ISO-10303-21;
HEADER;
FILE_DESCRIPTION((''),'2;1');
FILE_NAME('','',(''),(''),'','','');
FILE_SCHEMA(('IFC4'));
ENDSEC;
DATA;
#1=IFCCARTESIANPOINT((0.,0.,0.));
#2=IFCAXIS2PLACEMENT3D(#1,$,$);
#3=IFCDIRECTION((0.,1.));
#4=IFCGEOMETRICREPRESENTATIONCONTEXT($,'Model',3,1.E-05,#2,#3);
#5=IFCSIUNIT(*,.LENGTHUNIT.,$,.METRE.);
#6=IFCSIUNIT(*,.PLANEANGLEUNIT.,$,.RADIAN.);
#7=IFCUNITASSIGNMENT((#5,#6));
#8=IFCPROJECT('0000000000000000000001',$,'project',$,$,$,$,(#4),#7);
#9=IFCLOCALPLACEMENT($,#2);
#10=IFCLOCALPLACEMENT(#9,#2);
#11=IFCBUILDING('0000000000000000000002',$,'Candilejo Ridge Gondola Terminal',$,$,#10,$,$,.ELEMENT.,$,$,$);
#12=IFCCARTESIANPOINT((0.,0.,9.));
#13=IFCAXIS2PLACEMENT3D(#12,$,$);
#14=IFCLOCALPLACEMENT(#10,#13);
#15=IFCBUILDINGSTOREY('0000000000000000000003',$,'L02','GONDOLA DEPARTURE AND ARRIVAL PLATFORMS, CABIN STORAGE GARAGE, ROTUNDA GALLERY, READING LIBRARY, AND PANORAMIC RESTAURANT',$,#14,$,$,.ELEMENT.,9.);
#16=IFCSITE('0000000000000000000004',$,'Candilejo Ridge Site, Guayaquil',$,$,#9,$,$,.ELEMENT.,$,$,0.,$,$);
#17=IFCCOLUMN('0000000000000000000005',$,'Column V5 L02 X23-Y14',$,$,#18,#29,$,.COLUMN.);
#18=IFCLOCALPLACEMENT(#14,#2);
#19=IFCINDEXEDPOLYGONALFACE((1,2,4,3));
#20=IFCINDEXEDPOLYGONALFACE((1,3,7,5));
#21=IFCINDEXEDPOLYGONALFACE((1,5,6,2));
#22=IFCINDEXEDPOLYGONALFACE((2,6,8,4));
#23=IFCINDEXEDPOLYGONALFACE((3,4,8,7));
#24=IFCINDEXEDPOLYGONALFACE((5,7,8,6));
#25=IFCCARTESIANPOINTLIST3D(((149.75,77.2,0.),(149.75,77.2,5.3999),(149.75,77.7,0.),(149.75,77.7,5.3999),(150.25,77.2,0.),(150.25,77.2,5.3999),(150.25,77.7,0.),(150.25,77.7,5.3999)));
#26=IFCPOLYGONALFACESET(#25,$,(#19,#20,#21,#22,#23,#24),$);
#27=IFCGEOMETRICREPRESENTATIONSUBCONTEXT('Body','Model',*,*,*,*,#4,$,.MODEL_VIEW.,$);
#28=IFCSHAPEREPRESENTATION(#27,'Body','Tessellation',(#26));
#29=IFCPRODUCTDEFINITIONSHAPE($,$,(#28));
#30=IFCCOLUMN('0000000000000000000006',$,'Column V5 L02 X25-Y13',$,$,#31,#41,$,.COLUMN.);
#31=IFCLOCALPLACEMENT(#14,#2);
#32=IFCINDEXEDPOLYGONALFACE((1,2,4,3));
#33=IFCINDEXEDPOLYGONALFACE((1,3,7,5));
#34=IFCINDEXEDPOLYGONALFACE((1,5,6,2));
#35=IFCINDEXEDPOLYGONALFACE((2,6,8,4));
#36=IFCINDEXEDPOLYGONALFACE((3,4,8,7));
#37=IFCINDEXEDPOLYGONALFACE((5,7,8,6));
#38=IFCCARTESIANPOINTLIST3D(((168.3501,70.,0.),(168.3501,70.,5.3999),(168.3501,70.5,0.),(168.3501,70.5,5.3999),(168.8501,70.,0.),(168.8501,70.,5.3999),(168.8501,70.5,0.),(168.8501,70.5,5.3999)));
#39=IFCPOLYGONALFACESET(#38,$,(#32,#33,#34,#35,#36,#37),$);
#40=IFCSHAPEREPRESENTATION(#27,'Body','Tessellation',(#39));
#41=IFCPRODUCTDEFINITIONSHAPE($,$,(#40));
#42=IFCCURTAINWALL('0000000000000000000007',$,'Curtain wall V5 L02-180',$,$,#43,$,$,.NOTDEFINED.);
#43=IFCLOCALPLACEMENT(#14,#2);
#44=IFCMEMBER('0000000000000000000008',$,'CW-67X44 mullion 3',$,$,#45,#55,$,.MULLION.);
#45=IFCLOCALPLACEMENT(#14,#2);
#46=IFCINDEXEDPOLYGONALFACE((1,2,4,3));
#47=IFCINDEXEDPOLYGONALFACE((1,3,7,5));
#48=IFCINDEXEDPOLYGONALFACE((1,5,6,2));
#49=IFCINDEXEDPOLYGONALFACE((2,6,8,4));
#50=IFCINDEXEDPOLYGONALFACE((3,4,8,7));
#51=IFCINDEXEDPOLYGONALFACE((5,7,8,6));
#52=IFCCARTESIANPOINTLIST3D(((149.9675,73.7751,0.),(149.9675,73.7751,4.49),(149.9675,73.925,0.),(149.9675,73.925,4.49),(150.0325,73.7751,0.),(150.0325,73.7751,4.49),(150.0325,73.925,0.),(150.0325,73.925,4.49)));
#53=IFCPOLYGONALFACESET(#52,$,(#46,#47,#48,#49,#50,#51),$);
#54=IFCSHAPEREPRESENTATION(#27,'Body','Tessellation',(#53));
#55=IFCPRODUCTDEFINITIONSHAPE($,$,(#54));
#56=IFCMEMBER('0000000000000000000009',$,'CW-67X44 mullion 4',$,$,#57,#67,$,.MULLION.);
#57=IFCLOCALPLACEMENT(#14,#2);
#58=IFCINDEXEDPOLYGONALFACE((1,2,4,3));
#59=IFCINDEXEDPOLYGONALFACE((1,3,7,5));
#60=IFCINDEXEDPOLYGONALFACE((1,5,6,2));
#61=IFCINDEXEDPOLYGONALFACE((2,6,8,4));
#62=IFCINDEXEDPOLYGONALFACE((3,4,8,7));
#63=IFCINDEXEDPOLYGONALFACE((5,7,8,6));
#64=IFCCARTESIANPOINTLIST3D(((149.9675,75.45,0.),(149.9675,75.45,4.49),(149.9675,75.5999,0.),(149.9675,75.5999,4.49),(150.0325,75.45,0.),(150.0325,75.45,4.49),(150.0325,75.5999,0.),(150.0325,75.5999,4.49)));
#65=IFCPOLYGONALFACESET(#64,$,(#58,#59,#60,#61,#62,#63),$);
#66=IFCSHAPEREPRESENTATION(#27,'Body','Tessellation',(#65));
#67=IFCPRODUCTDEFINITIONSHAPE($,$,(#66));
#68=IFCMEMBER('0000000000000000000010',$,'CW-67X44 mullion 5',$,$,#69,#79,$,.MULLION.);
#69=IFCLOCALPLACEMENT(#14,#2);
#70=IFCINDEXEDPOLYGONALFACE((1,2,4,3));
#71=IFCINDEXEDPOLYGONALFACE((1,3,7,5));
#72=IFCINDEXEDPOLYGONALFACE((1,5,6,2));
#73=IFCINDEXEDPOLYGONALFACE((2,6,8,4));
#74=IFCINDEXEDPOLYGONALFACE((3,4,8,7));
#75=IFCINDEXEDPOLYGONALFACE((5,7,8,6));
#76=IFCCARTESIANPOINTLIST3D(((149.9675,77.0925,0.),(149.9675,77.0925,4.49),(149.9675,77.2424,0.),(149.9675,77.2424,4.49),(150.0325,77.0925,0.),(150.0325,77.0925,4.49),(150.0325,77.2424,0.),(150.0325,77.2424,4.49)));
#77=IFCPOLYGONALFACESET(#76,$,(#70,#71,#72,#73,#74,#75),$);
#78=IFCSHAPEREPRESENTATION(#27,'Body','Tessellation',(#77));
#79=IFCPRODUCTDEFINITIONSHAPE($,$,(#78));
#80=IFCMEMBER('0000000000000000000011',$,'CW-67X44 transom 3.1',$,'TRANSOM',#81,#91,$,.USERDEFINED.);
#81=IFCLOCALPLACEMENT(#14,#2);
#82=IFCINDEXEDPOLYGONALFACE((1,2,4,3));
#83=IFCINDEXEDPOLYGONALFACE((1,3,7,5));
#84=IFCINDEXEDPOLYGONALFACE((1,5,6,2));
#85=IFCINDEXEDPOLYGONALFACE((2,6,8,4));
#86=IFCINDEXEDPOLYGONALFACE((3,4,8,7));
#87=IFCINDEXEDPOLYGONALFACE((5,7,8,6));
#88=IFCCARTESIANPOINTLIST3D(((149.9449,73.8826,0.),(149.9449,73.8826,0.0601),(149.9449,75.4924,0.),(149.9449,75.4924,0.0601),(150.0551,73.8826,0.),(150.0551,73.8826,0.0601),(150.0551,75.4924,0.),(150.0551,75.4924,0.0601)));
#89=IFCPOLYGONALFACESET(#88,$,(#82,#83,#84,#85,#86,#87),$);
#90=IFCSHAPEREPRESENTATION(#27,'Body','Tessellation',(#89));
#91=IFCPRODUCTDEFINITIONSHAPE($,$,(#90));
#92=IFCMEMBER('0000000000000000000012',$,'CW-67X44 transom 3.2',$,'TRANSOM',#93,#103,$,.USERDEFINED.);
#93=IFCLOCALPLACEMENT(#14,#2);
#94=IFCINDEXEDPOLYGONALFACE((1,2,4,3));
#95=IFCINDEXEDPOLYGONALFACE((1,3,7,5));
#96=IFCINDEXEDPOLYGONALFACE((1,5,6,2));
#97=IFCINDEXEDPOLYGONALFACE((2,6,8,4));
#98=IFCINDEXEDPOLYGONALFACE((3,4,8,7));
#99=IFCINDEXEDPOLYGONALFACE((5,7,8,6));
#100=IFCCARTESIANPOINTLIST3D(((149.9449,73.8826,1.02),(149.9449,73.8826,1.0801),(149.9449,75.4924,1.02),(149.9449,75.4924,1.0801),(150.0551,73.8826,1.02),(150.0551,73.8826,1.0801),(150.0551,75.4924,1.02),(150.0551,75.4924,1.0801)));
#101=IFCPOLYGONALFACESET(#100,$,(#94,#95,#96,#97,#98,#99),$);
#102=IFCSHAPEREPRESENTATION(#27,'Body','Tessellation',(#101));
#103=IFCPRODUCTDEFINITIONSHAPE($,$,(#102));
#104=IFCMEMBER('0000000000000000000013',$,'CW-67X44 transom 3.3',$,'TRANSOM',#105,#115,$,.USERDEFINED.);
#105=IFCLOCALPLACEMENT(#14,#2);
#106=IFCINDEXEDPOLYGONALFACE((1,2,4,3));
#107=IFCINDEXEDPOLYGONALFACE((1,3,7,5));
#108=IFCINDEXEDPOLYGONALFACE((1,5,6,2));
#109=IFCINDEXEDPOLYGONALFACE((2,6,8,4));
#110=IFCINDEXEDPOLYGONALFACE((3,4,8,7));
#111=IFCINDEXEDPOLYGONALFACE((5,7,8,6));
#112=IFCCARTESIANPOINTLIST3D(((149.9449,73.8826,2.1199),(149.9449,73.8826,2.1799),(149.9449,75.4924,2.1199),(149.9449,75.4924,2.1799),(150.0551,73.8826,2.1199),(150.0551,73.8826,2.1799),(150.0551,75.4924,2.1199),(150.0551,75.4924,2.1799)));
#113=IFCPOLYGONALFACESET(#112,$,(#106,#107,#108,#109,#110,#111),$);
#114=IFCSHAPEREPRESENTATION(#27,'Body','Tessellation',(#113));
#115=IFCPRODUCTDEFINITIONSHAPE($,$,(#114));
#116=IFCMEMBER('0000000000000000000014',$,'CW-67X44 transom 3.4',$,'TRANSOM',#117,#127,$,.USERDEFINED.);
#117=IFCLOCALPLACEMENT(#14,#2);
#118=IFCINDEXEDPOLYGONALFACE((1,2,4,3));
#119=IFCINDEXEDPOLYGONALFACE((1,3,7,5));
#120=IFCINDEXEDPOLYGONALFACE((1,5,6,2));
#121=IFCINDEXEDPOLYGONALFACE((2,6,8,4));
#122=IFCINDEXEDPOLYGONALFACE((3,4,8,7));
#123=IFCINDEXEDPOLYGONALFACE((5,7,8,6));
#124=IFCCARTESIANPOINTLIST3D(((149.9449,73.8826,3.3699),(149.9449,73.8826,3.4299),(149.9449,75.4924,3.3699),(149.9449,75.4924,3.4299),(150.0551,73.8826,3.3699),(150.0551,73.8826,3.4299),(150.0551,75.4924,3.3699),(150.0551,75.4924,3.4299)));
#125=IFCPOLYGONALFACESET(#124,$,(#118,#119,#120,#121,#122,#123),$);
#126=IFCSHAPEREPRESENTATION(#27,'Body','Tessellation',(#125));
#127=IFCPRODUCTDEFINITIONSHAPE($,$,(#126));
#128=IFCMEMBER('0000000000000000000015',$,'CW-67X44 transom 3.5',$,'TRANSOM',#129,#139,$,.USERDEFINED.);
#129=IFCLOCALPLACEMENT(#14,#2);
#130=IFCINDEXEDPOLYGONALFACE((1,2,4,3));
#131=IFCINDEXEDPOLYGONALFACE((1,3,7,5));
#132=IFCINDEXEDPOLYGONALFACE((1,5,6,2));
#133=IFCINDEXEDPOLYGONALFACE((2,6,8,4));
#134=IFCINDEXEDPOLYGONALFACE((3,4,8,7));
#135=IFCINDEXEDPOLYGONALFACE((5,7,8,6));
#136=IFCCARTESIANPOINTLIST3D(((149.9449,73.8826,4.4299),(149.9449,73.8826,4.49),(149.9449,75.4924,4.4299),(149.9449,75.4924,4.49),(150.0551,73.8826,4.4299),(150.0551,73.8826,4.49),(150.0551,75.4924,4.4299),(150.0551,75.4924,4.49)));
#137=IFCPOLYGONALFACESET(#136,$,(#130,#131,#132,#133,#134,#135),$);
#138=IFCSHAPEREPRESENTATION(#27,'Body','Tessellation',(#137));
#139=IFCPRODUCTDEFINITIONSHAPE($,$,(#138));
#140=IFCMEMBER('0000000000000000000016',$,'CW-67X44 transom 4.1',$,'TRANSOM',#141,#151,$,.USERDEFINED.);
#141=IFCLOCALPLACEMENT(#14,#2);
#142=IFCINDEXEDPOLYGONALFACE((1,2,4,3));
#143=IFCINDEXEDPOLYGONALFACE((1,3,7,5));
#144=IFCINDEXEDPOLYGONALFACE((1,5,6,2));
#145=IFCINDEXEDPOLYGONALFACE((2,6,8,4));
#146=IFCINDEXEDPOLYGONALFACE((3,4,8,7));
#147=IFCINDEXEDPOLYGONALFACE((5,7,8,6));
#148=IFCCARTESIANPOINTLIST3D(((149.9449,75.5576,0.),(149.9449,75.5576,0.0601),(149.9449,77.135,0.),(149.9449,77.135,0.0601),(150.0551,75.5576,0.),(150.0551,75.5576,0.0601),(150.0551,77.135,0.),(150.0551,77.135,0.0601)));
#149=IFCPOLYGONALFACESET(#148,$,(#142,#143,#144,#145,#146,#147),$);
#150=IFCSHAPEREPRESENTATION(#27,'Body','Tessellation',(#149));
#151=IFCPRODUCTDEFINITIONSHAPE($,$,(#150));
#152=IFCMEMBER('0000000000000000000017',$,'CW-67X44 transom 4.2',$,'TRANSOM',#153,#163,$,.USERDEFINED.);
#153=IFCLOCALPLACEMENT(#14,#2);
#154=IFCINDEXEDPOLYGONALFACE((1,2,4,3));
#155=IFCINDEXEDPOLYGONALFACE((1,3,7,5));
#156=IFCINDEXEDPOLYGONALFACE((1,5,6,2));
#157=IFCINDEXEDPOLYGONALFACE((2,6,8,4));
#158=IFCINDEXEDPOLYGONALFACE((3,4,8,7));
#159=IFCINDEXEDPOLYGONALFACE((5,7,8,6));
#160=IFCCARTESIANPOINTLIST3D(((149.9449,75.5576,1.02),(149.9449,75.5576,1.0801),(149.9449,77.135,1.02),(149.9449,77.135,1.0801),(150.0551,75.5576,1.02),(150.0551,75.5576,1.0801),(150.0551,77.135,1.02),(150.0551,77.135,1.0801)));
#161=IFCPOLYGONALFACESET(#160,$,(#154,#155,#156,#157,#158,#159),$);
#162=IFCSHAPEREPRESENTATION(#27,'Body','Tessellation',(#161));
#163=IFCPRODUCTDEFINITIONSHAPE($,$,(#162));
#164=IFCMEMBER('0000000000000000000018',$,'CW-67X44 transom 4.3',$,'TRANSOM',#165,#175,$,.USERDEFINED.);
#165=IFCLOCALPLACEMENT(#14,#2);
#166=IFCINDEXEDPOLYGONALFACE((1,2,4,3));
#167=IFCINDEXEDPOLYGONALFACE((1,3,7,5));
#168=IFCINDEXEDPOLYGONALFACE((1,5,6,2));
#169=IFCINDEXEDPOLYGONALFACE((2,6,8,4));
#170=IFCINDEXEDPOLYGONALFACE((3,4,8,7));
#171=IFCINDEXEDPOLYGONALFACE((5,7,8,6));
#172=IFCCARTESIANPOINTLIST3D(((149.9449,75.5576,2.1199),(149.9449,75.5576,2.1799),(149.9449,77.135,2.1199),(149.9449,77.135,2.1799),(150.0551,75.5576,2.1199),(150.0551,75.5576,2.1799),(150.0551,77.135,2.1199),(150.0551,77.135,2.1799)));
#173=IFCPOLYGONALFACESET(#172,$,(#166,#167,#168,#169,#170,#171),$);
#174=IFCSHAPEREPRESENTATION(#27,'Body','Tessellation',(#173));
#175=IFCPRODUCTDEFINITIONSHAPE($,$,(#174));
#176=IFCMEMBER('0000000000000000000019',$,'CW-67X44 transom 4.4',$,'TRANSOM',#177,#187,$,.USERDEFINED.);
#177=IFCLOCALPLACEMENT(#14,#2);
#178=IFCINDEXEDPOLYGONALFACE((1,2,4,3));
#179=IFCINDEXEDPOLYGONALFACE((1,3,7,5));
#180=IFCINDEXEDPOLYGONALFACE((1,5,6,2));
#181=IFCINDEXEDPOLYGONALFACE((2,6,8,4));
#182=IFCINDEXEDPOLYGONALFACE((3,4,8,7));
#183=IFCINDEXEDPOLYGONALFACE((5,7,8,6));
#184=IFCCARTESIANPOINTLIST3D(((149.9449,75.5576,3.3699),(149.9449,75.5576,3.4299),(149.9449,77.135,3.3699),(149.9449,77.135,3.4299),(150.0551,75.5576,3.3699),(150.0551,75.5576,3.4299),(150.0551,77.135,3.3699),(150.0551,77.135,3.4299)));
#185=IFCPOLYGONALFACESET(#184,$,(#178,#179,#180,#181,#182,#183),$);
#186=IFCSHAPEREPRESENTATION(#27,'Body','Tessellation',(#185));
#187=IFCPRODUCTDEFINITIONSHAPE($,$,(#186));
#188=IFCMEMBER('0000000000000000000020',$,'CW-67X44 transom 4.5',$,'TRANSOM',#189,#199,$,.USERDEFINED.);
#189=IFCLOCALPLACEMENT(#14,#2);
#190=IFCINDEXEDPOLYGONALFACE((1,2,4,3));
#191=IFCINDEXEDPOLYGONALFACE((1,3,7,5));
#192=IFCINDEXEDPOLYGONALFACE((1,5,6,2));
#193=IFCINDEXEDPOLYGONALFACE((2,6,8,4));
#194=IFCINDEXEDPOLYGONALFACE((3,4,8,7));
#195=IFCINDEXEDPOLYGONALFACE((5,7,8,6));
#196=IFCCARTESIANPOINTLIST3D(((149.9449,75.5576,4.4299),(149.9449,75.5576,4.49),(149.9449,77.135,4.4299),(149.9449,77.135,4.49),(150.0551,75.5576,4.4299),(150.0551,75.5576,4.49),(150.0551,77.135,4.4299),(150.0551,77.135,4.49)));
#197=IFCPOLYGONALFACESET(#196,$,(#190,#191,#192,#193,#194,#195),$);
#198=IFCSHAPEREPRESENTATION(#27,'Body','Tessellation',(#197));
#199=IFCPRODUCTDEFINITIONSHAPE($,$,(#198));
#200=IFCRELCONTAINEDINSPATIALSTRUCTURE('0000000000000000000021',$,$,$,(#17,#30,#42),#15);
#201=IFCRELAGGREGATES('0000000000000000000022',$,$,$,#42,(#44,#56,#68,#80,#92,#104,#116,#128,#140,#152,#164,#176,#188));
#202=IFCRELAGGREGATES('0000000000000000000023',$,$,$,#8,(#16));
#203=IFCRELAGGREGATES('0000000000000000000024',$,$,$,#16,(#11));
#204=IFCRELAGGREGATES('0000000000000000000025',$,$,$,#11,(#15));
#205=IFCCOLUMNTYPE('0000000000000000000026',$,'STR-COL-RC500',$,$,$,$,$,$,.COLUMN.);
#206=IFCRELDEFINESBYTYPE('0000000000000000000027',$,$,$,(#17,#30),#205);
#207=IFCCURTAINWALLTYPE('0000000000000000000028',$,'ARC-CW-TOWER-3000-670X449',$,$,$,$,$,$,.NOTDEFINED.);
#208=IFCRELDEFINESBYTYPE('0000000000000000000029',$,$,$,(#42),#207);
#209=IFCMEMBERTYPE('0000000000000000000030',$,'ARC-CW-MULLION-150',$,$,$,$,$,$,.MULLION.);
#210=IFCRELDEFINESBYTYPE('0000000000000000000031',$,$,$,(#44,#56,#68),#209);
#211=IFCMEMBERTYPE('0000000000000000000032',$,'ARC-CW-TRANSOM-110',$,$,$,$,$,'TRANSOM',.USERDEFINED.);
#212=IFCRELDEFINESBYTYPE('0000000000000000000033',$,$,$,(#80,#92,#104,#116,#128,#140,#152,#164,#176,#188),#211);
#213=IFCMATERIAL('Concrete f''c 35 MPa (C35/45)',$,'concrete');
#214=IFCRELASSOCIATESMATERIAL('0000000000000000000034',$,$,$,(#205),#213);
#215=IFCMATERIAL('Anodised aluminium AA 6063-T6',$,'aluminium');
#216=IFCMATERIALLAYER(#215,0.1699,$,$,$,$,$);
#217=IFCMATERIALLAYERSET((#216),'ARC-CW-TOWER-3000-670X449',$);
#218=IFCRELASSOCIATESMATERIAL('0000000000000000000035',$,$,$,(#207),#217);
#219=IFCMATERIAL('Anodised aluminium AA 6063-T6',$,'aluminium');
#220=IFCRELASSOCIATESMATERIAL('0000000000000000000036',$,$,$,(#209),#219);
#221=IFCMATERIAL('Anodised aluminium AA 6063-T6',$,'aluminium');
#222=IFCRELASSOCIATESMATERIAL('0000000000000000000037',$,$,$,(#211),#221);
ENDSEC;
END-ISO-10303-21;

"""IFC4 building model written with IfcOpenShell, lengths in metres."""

from ifc_helpers import new_model, si_unit, direction, frame, origin, origin_2d, place, context, subcontext, project, spatial, rectangle, extrude, material, layer, layer_set, material_profile, profile_set, type_object, element, aggregate, save


model = new_model("IFC4")

# Units and contexts
model_context = context("Model", 3, precision=1e-05, world=origin(), true_north=direction((0.0, 1.0)))
body_context = subcontext(model_context, "Body", "Model", "MODEL_VIEW")
ifc_project = project(units=[si_unit("LENGTHUNIT", "METRE"), si_unit("PLANEANGLEUNIT", "RADIAN")], contexts=[model_context])

# Site, building, storey
site_placement = place(None, origin())
site = spatial("IfcSite", under=ifc_project, at=site_placement, Name="Candilejo Ridge Site, Guayaquil", CompositionType="ELEMENT", RefElevation=0.0)
building_placement = place(site_placement, origin())
building = spatial("IfcBuilding", under=site, at=building_placement, Name="Candilejo Ridge Gondola Terminal", CompositionType="ELEMENT")
storey_placement = place(building_placement, frame((0.0, 0.0, 9.0)))
storey = spatial("IfcBuildingStorey", under=building, at=storey_placement, Name="L02", Description="GONDOLA DEPARTURE AND ARRIVAL PLATFORMS, CABIN STORAGE GARAGE, ROTUNDA GALLERY, READING LIBRARY, AND PANORAMIC RESTAURANT", CompositionType="ELEMENT", Elevation=9.0)

# Columns
ifc_material_1 = material(Name="Concrete f'c 35 MPa (C35/45)", Category="concrete")
ifc_material_profile_1 = material_profile(ifc_material_1, rectangle(XDim=0.5, YDim=0.5, at=origin_2d()))
ifc_profile_set_1 = profile_set([ifc_material_profile_1], Name="Concrete f'c 35 MPa (C35/45)")
column_type = type_object("IfcColumnType", Name="STR-COL-RC500", PredefinedType="COLUMN", material=ifc_profile_set_1)
for number, where, z_axis, x_axis, name in (
    (1, (150.0, 77.45, 0.0), (0.0, 0.0, 1.0), (1.0, 0.0, 0.0), "Column V5 L02 X23-Y14"),
    (2, (168.6001, 70.25, 0.0), (0.0, 0.0, 1.0), (1.0, 0.0, 0.0), "Column V5 L02 X25-Y13"),
):
    element("IfcColumn", number, at=place(storey_placement, frame(where, z_axis=z_axis, x_axis=x_axis)), inside=storey, type_object=column_type, Name=name, PredefinedType="COLUMN", context=body_context, shape_type="SweptSolid", body=[
        extrude(rectangle(XDim=0.5, YDim=0.5, at=origin_2d()), origin(), (0.0, 0.0, 1.0), 5.3999),
    ])

# Curtain wall, members
ifc_material_2 = material(Name="Anodised aluminium AA 6063-T6", Category="aluminium")
ifc_layer_1 = layer(ifc_material_2, 0.1699)
ifc_layer_set_1 = layer_set([ifc_layer_1], Name="ARC-CW-TOWER-3000-670X449")
curtain_wall_type = type_object("IfcCurtainWallType", Name="ARC-CW-TOWER-3000-670X449", PredefinedType="NOTDEFINED", material=ifc_layer_set_1)
curtain_wall_placement = place(storey_placement, origin())
curtain_wall = element("IfcCurtainWall", 3, at=curtain_wall_placement, inside=storey, type_object=curtain_wall_type, Name="Curtain wall V5 L02-180", PredefinedType="NOTDEFINED")
ifc_material_3 = material(Name="Anodised aluminium AA 6063-T6", Category="aluminium")
ifc_material_profile_2 = material_profile(ifc_material_3, rectangle(XDim=0.0649, YDim=0.1499, at=origin_2d()))
ifc_profile_set_2 = profile_set([ifc_material_profile_2], Name="Anodised aluminium AA 6063-T6")
member_type_1 = type_object("IfcMemberType", Name="ARC-CW-MULLION-150", PredefinedType="MULLION", material=ifc_profile_set_2)
member_1_placement = place(storey_placement, frame((150.0, 73.8501, 0.0), z_axis=(0.0, 0.0, 1.0), x_axis=(-1.0, 0.0, 0.0)))
member_1 = element("IfcMember", 4, at=member_1_placement, type_object=member_type_1, Name="CW-67X44 mullion 3", PredefinedType="MULLION", context=body_context, shape_type="SweptSolid", body=[
    extrude(rectangle(XDim=0.0649, YDim=0.1499, at=origin_2d()), origin(), (0.0, 0.0, 1.0), 4.49),
])
member_2_placement = place(storey_placement, frame((150.0, 75.5249, 0.0), z_axis=(0.0, 0.0, 1.0), x_axis=(-1.0, 0.0, 0.0)))
member_2 = element("IfcMember", 5, at=member_2_placement, type_object=member_type_1, Name="CW-67X44 mullion 4", PredefinedType="MULLION", context=body_context, shape_type="SweptSolid", body=[
    extrude(rectangle(XDim=0.0649, YDim=0.1499, at=origin_2d()), origin(), (0.0, 0.0, 1.0), 4.49),
])
member_3_placement = place(storey_placement, frame((150.0, 77.1675, 0.0), z_axis=(0.0, 0.0, 1.0), x_axis=(-1.0, 0.0, 0.0)))
member_3 = element("IfcMember", 6, at=member_3_placement, type_object=member_type_1, Name="CW-67X44 mullion 5", PredefinedType="MULLION", context=body_context, shape_type="SweptSolid", body=[
    extrude(rectangle(XDim=0.0649, YDim=0.1499, at=origin_2d()), origin(), (0.0, 0.0, 1.0), 4.49),
])
ifc_material_4 = material(Name="Anodised aluminium AA 6063-T6", Category="aluminium")
ifc_material_profile_3 = material_profile(ifc_material_4, rectangle(XDim=0.1101, YDim=0.0601, at=origin_2d()))
ifc_profile_set_3 = profile_set([ifc_material_profile_3], Name="Anodised aluminium AA 6063-T6")
member_type_2 = type_object("IfcMemberType", Name="ARC-CW-TRANSOM-110", ElementType="TRANSOM", PredefinedType="USERDEFINED", material=ifc_profile_set_3)
member_4_placement = place(storey_placement, frame((150.0, 73.8826, 0.03), z_axis=(0.0, 1.0, 0.0), x_axis=(-1.0, 0.0, 0.0)))
member_4 = element("IfcMember", 7, at=member_4_placement, type_object=member_type_2, Name="CW-67X44 transom 3.1", ObjectType="TRANSOM", PredefinedType="USERDEFINED", context=body_context, shape_type="SweptSolid", body=[
    extrude(rectangle(XDim=0.1101, YDim=0.0601, at=origin_2d()), origin(), (0.0, 0.0, 1.0), 1.6099),
])
member_5_placement = place(storey_placement, frame((150.0, 73.8826, 1.05), z_axis=(0.0, 1.0, 0.0), x_axis=(-1.0, 0.0, 0.0)))
member_5 = element("IfcMember", 8, at=member_5_placement, type_object=member_type_2, Name="CW-67X44 transom 3.2", ObjectType="TRANSOM", PredefinedType="USERDEFINED", context=body_context, shape_type="SweptSolid", body=[
    extrude(rectangle(XDim=0.1101, YDim=0.0601, at=origin_2d()), origin(), (0.0, 0.0, 1.0), 1.6099),
])
member_6_placement = place(storey_placement, frame((150.0, 73.8826, 2.1499), z_axis=(0.0, 1.0, 0.0), x_axis=(-1.0, 0.0, 0.0)))
member_6 = element("IfcMember", 9, at=member_6_placement, type_object=member_type_2, Name="CW-67X44 transom 3.3", ObjectType="TRANSOM", PredefinedType="USERDEFINED", context=body_context, shape_type="SweptSolid", body=[
    extrude(rectangle(XDim=0.1101, YDim=0.0601, at=origin_2d()), origin(), (0.0, 0.0, 1.0), 1.6099),
])
member_7_placement = place(storey_placement, frame((150.0, 73.8826, 3.3999), z_axis=(0.0, 1.0, 0.0), x_axis=(-1.0, 0.0, 0.0)))
member_7 = element("IfcMember", 10, at=member_7_placement, type_object=member_type_2, Name="CW-67X44 transom 3.4", ObjectType="TRANSOM", PredefinedType="USERDEFINED", context=body_context, shape_type="SweptSolid", body=[
    extrude(rectangle(XDim=0.1101, YDim=0.0601, at=origin_2d()), origin(), (0.0, 0.0, 1.0), 1.6099),
])
member_8_placement = place(storey_placement, frame((150.0, 73.8826, 4.46), z_axis=(0.0, 1.0, 0.0), x_axis=(-1.0, 0.0, 0.0)))
member_8 = element("IfcMember", 11, at=member_8_placement, type_object=member_type_2, Name="CW-67X44 transom 3.5", ObjectType="TRANSOM", PredefinedType="USERDEFINED", context=body_context, shape_type="SweptSolid", body=[
    extrude(rectangle(XDim=0.1101, YDim=0.0601, at=origin_2d()), origin(), (0.0, 0.0, 1.0), 1.6099),
])
member_9_placement = place(storey_placement, frame((150.0, 75.5576, 0.03), z_axis=(0.0, 1.0, 0.0), x_axis=(-1.0, 0.0, 0.0)))
member_9 = element("IfcMember", 12, at=member_9_placement, type_object=member_type_2, Name="CW-67X44 transom 4.1", ObjectType="TRANSOM", PredefinedType="USERDEFINED", context=body_context, shape_type="SweptSolid", body=[
    extrude(rectangle(XDim=0.1101, YDim=0.0601, at=origin_2d()), origin(), (0.0, 0.0, 1.0), 1.5774),
])
member_10_placement = place(storey_placement, frame((150.0, 75.5576, 1.05), z_axis=(0.0, 1.0, 0.0), x_axis=(-1.0, 0.0, 0.0)))
member_10 = element("IfcMember", 13, at=member_10_placement, type_object=member_type_2, Name="CW-67X44 transom 4.2", ObjectType="TRANSOM", PredefinedType="USERDEFINED", context=body_context, shape_type="SweptSolid", body=[
    extrude(rectangle(XDim=0.1101, YDim=0.0601, at=origin_2d()), origin(), (0.0, 0.0, 1.0), 1.5774),
])
member_11_placement = place(storey_placement, frame((150.0, 75.5576, 2.1499), z_axis=(0.0, 1.0, 0.0), x_axis=(-1.0, 0.0, 0.0)))
member_11 = element("IfcMember", 14, at=member_11_placement, type_object=member_type_2, Name="CW-67X44 transom 4.3", ObjectType="TRANSOM", PredefinedType="USERDEFINED", context=body_context, shape_type="SweptSolid", body=[
    extrude(rectangle(XDim=0.1101, YDim=0.0601, at=origin_2d()), origin(), (0.0, 0.0, 1.0), 1.5774),
])
member_12_placement = place(storey_placement, frame((150.0, 75.5576, 3.3999), z_axis=(0.0, 1.0, 0.0), x_axis=(-1.0, 0.0, 0.0)))
member_12 = element("IfcMember", 15, at=member_12_placement, type_object=member_type_2, Name="CW-67X44 transom 4.4", ObjectType="TRANSOM", PredefinedType="USERDEFINED", context=body_context, shape_type="SweptSolid", body=[
    extrude(rectangle(XDim=0.1101, YDim=0.0601, at=origin_2d()), origin(), (0.0, 0.0, 1.0), 1.5774),
])
member_13_placement = place(storey_placement, frame((150.0, 75.5576, 4.46), z_axis=(0.0, 1.0, 0.0), x_axis=(-1.0, 0.0, 0.0)))
member_13 = element("IfcMember", 16, at=member_13_placement, type_object=member_type_2, Name="CW-67X44 transom 4.5", ObjectType="TRANSOM", PredefinedType="USERDEFINED", context=body_context, shape_type="SweptSolid", body=[
    extrude(rectangle(XDim=0.1101, YDim=0.0601, at=origin_2d()), origin(), (0.0, 0.0, 1.0), 1.5774),
])

aggregate(curtain_wall, [member_1, member_2, member_3, member_4, member_5, member_6, member_7, member_8, member_9, member_10, member_11, member_12, member_13])

save(model, "model.ifc")
